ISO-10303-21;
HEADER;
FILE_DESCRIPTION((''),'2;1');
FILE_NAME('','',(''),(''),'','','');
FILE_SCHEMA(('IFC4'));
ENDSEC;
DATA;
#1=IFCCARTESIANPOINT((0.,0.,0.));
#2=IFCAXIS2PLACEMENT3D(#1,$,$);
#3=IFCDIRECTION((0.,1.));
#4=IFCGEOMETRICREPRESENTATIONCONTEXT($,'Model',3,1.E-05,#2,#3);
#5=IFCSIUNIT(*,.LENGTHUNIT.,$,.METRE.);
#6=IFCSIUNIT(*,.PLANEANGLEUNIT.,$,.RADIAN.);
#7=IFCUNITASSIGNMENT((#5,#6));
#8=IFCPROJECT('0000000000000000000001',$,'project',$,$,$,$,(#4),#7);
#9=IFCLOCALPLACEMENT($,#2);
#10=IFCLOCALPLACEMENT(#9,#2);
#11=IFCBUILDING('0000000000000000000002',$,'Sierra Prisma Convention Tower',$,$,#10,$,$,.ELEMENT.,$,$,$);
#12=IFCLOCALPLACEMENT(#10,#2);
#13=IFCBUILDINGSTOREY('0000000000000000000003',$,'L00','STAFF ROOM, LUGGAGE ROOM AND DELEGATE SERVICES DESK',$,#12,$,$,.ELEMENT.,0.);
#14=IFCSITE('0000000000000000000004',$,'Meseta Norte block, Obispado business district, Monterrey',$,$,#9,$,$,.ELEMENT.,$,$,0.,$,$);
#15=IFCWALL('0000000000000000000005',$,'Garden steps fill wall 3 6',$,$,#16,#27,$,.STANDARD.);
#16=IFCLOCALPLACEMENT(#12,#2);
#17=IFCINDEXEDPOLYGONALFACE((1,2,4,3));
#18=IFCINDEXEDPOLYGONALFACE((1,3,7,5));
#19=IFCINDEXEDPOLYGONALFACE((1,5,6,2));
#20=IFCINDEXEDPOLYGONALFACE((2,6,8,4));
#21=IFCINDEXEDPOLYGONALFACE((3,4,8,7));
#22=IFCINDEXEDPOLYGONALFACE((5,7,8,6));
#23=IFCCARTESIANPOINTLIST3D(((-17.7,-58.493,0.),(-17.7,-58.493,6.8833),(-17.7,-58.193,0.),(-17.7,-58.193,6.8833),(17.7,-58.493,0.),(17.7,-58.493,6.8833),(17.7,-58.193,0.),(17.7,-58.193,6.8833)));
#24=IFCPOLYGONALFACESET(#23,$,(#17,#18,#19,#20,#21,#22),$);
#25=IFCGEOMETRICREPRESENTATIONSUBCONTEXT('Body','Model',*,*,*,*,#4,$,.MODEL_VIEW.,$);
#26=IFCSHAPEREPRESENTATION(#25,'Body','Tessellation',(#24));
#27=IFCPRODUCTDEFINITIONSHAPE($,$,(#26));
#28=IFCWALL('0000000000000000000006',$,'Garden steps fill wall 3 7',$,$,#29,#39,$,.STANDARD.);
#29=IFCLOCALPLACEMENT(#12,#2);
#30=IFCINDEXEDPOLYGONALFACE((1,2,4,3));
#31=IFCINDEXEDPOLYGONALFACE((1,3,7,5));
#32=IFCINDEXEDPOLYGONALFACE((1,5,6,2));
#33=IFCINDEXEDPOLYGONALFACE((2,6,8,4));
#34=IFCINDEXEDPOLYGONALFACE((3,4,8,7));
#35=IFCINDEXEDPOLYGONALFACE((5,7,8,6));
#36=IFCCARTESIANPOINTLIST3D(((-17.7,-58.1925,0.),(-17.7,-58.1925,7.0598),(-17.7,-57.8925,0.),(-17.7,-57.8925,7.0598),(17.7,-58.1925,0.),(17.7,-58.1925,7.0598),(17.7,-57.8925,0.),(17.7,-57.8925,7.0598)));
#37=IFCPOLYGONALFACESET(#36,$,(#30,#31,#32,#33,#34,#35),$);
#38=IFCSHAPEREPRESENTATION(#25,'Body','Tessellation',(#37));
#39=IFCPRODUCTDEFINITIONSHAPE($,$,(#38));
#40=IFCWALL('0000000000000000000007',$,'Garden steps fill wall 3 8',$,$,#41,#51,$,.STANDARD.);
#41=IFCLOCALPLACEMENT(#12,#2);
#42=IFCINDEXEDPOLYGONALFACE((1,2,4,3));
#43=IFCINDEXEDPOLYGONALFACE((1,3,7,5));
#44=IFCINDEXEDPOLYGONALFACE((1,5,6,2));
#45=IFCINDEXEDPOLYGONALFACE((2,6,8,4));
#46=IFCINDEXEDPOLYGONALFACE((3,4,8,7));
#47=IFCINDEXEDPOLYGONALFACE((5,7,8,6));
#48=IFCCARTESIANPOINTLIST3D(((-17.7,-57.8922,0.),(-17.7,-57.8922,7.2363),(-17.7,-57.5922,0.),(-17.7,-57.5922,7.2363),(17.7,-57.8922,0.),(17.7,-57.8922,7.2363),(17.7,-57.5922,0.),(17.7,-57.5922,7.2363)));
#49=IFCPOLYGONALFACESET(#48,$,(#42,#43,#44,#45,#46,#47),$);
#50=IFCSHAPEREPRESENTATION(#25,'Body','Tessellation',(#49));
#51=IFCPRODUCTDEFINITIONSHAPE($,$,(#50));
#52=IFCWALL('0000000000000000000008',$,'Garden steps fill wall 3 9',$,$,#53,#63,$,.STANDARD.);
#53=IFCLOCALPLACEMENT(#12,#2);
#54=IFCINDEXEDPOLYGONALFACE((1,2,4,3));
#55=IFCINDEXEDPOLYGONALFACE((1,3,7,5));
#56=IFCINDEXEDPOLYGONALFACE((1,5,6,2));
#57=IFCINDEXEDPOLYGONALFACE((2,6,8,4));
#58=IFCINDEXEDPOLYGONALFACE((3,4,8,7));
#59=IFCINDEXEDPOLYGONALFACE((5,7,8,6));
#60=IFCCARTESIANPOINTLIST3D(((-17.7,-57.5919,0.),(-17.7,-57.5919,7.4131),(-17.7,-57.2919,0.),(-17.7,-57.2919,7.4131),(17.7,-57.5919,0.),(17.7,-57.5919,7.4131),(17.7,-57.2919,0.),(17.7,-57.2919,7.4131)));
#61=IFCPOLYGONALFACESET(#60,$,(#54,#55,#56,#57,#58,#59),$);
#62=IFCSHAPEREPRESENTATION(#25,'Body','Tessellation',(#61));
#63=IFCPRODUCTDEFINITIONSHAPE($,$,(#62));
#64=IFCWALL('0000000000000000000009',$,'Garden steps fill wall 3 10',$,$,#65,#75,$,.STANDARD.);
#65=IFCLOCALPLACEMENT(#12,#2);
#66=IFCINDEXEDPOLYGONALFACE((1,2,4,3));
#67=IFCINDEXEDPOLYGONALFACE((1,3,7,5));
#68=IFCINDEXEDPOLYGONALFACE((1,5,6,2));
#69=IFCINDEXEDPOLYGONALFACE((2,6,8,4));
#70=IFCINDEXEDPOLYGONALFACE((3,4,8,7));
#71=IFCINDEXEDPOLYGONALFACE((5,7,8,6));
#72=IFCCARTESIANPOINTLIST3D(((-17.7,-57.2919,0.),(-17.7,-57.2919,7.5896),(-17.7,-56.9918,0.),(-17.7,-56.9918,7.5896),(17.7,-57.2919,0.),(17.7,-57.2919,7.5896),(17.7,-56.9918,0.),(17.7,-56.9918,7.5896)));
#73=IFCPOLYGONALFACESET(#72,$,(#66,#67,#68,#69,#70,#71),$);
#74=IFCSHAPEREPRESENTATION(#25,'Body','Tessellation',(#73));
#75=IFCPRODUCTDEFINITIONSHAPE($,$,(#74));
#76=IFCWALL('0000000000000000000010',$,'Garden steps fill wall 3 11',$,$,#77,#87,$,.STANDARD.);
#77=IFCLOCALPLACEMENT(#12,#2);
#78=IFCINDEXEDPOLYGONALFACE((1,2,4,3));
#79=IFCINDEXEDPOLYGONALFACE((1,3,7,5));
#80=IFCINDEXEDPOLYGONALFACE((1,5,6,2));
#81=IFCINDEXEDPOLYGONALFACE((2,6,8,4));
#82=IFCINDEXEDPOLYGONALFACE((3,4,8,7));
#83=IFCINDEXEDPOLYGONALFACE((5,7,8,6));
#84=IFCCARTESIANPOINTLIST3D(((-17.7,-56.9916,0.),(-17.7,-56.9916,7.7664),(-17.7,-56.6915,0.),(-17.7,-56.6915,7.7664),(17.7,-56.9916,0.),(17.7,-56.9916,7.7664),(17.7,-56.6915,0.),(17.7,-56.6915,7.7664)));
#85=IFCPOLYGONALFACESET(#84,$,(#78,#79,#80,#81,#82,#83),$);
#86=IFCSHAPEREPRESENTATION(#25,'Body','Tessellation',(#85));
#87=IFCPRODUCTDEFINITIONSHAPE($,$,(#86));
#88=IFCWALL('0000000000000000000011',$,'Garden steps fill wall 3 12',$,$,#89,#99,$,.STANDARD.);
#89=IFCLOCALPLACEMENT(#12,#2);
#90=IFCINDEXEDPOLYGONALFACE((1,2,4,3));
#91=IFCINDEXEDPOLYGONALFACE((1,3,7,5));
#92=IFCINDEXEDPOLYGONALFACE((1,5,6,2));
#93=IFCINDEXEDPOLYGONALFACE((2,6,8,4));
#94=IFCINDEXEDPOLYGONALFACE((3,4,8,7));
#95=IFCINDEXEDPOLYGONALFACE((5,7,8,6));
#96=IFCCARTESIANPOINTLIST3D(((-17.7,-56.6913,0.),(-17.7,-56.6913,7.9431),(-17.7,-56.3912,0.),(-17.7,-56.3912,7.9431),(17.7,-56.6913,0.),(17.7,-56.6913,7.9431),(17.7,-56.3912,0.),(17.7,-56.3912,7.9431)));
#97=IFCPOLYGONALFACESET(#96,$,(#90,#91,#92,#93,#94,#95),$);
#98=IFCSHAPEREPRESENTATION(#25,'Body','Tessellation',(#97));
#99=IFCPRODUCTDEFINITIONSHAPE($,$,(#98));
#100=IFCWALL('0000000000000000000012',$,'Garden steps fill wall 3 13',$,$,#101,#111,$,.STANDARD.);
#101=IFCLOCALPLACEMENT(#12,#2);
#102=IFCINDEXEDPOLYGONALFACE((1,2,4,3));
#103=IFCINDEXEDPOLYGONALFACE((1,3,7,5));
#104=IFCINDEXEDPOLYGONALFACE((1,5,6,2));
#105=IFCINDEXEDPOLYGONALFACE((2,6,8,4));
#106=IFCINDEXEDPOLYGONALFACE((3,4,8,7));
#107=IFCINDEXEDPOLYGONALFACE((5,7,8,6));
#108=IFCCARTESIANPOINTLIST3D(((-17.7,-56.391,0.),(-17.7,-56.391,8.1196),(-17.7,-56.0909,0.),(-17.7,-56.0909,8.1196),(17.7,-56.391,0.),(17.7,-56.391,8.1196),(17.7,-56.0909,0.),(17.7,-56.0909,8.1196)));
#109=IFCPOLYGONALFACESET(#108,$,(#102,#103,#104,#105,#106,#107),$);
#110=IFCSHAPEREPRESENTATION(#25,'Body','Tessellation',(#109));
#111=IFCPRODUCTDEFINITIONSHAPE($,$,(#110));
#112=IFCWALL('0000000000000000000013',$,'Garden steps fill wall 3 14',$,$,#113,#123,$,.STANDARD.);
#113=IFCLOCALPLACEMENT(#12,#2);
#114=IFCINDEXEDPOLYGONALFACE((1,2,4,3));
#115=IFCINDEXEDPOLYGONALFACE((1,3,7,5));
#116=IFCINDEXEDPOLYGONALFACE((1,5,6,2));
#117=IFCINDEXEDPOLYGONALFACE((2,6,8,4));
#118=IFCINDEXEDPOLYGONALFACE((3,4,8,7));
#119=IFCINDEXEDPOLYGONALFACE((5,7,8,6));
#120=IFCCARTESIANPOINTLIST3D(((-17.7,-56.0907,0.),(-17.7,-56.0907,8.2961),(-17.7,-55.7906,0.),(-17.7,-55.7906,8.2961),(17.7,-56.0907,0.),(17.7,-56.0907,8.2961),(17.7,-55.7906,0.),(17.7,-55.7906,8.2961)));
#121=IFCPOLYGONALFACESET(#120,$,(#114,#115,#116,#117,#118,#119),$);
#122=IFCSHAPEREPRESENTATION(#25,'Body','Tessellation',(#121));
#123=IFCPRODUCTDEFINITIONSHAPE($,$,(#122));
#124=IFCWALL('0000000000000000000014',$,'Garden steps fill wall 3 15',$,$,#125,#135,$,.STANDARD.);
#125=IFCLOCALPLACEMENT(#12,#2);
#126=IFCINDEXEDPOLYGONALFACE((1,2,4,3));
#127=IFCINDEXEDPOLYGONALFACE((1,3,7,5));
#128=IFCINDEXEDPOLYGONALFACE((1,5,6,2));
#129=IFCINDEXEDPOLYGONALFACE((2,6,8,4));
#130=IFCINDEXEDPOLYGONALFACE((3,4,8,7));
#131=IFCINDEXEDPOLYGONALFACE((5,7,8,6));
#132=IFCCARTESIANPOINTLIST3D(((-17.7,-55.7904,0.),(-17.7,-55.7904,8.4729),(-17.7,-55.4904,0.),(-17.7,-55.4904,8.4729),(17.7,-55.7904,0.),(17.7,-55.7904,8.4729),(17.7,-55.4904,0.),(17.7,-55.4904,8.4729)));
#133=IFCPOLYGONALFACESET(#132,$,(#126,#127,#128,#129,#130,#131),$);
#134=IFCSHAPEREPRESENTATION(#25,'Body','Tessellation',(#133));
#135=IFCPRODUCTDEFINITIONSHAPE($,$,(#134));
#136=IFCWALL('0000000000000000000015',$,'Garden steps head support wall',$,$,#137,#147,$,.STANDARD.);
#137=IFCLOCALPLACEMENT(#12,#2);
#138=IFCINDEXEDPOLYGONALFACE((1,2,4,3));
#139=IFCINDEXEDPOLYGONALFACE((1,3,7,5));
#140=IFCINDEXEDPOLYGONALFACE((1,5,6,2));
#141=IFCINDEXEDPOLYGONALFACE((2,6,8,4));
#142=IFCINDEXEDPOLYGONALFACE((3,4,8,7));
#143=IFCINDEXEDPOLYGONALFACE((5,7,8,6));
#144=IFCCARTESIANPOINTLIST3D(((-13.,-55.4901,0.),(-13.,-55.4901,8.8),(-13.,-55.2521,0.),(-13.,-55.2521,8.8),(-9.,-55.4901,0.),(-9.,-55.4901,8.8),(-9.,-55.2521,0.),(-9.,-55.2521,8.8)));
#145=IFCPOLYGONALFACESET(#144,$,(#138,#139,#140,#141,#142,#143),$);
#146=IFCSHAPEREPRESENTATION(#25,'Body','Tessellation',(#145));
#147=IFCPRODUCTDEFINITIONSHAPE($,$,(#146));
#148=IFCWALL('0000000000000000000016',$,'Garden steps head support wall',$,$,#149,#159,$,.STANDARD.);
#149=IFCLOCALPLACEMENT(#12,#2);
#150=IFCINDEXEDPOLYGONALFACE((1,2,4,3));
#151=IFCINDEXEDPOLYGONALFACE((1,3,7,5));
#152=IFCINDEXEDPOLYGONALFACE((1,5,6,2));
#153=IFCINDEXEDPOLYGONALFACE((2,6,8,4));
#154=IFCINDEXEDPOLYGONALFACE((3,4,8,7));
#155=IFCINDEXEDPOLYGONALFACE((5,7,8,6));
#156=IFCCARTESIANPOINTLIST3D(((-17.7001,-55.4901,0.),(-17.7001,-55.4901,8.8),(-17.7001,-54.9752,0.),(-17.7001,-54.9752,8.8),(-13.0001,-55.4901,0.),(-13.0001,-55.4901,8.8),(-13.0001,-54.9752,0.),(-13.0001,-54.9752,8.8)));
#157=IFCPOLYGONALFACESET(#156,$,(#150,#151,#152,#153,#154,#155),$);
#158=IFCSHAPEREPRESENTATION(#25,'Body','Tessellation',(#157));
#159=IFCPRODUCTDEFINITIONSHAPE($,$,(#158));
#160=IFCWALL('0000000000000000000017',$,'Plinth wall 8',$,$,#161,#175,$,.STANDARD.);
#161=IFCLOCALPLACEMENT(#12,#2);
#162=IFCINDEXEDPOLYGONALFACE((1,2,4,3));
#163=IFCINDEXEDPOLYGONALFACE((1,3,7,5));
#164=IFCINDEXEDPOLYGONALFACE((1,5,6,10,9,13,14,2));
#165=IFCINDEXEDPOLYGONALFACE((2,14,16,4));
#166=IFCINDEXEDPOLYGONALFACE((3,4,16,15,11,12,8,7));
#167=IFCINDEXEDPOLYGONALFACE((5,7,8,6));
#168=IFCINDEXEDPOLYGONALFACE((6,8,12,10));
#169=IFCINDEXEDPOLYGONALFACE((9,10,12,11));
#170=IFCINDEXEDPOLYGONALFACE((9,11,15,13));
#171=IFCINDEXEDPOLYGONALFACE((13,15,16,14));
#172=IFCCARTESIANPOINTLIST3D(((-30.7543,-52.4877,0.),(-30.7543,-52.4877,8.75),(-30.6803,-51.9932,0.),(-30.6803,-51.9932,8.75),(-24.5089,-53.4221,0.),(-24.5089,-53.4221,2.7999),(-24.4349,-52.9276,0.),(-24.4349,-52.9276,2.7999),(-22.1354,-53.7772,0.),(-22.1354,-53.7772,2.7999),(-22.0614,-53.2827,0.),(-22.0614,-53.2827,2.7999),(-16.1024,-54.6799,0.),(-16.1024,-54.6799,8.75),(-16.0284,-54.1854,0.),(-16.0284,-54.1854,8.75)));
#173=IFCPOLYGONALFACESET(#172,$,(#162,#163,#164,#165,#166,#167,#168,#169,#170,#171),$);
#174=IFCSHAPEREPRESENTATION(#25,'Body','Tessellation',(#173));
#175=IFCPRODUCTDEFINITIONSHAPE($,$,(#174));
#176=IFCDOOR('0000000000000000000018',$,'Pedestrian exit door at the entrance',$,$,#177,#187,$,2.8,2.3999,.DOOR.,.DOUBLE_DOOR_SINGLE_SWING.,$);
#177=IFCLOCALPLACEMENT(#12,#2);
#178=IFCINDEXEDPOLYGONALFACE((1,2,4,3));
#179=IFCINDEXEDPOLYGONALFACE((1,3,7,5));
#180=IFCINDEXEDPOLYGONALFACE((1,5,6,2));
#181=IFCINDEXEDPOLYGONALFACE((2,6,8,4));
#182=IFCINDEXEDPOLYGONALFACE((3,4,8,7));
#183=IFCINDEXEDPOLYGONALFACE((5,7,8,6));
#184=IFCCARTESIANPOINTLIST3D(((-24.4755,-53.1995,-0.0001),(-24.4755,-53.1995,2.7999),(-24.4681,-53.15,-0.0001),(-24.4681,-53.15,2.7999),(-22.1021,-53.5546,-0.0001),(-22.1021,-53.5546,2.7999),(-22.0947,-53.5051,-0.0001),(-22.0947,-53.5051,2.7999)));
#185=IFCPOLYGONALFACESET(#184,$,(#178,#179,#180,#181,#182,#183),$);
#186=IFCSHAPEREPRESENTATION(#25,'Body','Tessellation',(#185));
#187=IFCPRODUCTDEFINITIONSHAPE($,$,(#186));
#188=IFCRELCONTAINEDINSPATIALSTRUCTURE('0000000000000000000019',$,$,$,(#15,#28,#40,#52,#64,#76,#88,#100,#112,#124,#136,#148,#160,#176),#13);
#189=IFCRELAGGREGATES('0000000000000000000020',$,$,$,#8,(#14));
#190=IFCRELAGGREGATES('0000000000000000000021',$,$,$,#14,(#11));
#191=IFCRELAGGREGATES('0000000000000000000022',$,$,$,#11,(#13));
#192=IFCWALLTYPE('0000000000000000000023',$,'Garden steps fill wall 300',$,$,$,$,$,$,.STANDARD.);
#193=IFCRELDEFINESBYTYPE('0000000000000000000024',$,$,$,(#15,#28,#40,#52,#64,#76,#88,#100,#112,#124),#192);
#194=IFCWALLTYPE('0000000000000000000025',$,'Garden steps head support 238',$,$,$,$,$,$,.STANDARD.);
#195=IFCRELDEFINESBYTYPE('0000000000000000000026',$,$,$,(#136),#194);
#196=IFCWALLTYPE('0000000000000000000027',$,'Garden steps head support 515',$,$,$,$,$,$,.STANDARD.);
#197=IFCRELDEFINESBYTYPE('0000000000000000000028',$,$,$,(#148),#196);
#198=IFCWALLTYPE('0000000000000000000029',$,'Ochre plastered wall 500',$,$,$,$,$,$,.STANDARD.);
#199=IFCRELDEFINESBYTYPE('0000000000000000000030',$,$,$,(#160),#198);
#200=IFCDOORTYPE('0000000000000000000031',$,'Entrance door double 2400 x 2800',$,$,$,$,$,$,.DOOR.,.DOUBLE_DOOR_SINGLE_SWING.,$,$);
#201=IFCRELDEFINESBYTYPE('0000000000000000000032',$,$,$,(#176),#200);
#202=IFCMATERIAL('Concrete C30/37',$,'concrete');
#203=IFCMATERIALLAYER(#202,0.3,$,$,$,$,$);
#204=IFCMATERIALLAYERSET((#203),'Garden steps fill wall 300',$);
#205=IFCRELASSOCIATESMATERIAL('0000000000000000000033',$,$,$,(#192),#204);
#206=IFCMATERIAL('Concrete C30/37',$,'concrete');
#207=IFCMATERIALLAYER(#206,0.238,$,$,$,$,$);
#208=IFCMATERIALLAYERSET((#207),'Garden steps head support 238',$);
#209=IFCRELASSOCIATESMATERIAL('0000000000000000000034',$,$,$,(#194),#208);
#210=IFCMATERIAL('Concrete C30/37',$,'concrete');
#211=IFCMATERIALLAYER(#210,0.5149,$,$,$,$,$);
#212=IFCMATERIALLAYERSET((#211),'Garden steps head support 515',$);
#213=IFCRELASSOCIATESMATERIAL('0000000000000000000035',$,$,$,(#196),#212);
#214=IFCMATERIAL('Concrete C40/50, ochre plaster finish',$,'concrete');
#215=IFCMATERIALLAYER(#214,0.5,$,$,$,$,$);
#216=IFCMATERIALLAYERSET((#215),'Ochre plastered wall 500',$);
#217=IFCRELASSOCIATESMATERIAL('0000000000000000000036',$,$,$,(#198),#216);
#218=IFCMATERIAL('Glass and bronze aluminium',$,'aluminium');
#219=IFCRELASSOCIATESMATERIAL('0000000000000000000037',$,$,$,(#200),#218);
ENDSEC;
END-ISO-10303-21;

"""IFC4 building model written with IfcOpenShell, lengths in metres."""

from ifc_helpers import new_model, si_unit, direction, frame, frame_2d, origin, place, context, subcontext, project, spatial, rectangle, extrude, material, layer, layer_set, type_object, element, fill, save


model = new_model("IFC4")

# Units and contexts
model_context = context("Model", 3, precision=1e-05, world=origin(), true_north=direction((0.0, 1.0)))
body_context = subcontext(model_context, "Body", "Model", "MODEL_VIEW")
ifc_project = project(units=[si_unit("LENGTHUNIT", "METRE"), si_unit("PLANEANGLEUNIT", "RADIAN")], contexts=[model_context])

# Site, building, storey
site_placement = place(None, origin())
site = spatial("IfcSite", under=ifc_project, at=site_placement, Name="Meseta Norte block, Obispado business district, Monterrey", CompositionType="ELEMENT", RefElevation=0.0)
building_placement = place(site_placement, origin())
building = spatial("IfcBuilding", under=site, at=building_placement, Name="Sierra Prisma Convention Tower", CompositionType="ELEMENT")
storey_placement = place(building_placement, origin())
storey = spatial("IfcBuildingStorey", under=building, at=storey_placement, Name="L00", Description="STAFF ROOM, LUGGAGE ROOM AND DELEGATE SERVICES DESK", CompositionType="ELEMENT", Elevation=0.0)

# Walls
ifc_material_1 = material(Name="Concrete C30/37", Category="concrete")
ifc_layer_1 = layer(ifc_material_1, 0.3)
ifc_layer_set_1 = layer_set([ifc_layer_1], Name="Garden steps fill wall 300")
wall_type_1 = type_object("IfcWallType", Name="Garden steps fill wall 300", PredefinedType="STANDARD", material=ifc_layer_set_1)
wall_1_placement = place(storey_placement, frame((-17.7, -58.343, 0.0), z_axis=(0.0, 0.0, 1.0), x_axis=(1.0, 0.0, 0.0)))
element("IfcWall", 1, at=wall_1_placement, inside=storey, type_object=wall_type_1, Name="Garden steps fill wall 3 6", PredefinedType="STANDARD", context=body_context, shape_type="SweptSolid", body=[
    extrude(rectangle(XDim=35.3999, YDim=0.3, at=frame_2d((17.7, 0.0))), origin(), (0.0, 0.0, 1.0), 6.8833),
])
wall_2_placement = place(storey_placement, frame((-17.7, -58.0425, 0.0), z_axis=(0.0, 0.0, 1.0), x_axis=(1.0, 0.0, 0.0)))
element("IfcWall", 2, at=wall_2_placement, inside=storey, type_object=wall_type_1, Name="Garden steps fill wall 3 7", PredefinedType="STANDARD", context=body_context, shape_type="SweptSolid", body=[
    extrude(rectangle(XDim=35.3999, YDim=0.3, at=frame_2d((17.7, 0.0))), origin(), (0.0, 0.0, 1.0), 7.0598),
])
wall_3_placement = place(storey_placement, frame((-17.7, -57.7422, 0.0), z_axis=(0.0, 0.0, 1.0), x_axis=(1.0, 0.0, 0.0)))
element("IfcWall", 3, at=wall_3_placement, inside=storey, type_object=wall_type_1, Name="Garden steps fill wall 3 8", PredefinedType="STANDARD", context=body_context, shape_type="SweptSolid", body=[
    extrude(rectangle(XDim=35.3999, YDim=0.3, at=frame_2d((17.7, 0.0))), origin(), (0.0, 0.0, 1.0), 7.2363),
])
wall_4_placement = place(storey_placement, frame((-17.7, -57.4419, 0.0), z_axis=(0.0, 0.0, 1.0), x_axis=(1.0, 0.0, 0.0)))
element("IfcWall", 4, at=wall_4_placement, inside=storey, type_object=wall_type_1, Name="Garden steps fill wall 3 9", PredefinedType="STANDARD", context=body_context, shape_type="SweptSolid", body=[
    extrude(rectangle(XDim=35.3999, YDim=0.3, at=frame_2d((17.7, 0.0))), origin(), (0.0, 0.0, 1.0), 7.4131),
])
wall_5_placement = place(storey_placement, frame((-17.7, -57.1418, 0.0), z_axis=(0.0, 0.0, 1.0), x_axis=(1.0, 0.0, 0.0)))
element("IfcWall", 5, at=wall_5_placement, inside=storey, type_object=wall_type_1, Name="Garden steps fill wall 3 10", PredefinedType="STANDARD", context=body_context, shape_type="SweptSolid", body=[
    extrude(rectangle(XDim=35.3999, YDim=0.3, at=frame_2d((17.7, 0.0))), origin(), (0.0, 0.0, 1.0), 7.5896),
])
wall_6_placement = place(storey_placement, frame((-17.7, -56.8416, 0.0), z_axis=(0.0, 0.0, 1.0), x_axis=(1.0, 0.0, 0.0)))
element("IfcWall", 6, at=wall_6_placement, inside=storey, type_object=wall_type_1, Name="Garden steps fill wall 3 11", PredefinedType="STANDARD", context=body_context, shape_type="SweptSolid", body=[
    extrude(rectangle(XDim=35.3999, YDim=0.3, at=frame_2d((17.7, 0.0))), origin(), (0.0, 0.0, 1.0), 7.7664),
])
wall_7_placement = place(storey_placement, frame((-17.7, -56.5413, 0.0), z_axis=(0.0, 0.0, 1.0), x_axis=(1.0, 0.0, 0.0)))
element("IfcWall", 7, at=wall_7_placement, inside=storey, type_object=wall_type_1, Name="Garden steps fill wall 3 12", PredefinedType="STANDARD", context=body_context, shape_type="SweptSolid", body=[
    extrude(rectangle(XDim=35.3999, YDim=0.3, at=frame_2d((17.7, 0.0))), origin(), (0.0, 0.0, 1.0), 7.9431),
])
wall_8_placement = place(storey_placement, frame((-17.7, -56.241, 0.0), z_axis=(0.0, 0.0, 1.0), x_axis=(1.0, 0.0, 0.0)))
element("IfcWall", 8, at=wall_8_placement, inside=storey, type_object=wall_type_1, Name="Garden steps fill wall 3 13", PredefinedType="STANDARD", context=body_context, shape_type="SweptSolid", body=[
    extrude(rectangle(XDim=35.3999, YDim=0.3, at=frame_2d((17.7, 0.0))), origin(), (0.0, 0.0, 1.0), 8.1196),
])
wall_9_placement = place(storey_placement, frame((-17.7, -55.9407, 0.0), z_axis=(0.0, 0.0, 1.0), x_axis=(1.0, 0.0, 0.0)))
element("IfcWall", 9, at=wall_9_placement, inside=storey, type_object=wall_type_1, Name="Garden steps fill wall 3 14", PredefinedType="STANDARD", context=body_context, shape_type="SweptSolid", body=[
    extrude(rectangle(XDim=35.3999, YDim=0.3, at=frame_2d((17.7, 0.0))), origin(), (0.0, 0.0, 1.0), 8.2961),
])
wall_10_placement = place(storey_placement, frame((-17.7, -55.6404, 0.0), z_axis=(0.0, 0.0, 1.0), x_axis=(1.0, 0.0, 0.0)))
element("IfcWall", 10, at=wall_10_placement, inside=storey, type_object=wall_type_1, Name="Garden steps fill wall 3 15", PredefinedType="STANDARD", context=body_context, shape_type="SweptSolid", body=[
    extrude(rectangle(XDim=35.3999, YDim=0.3, at=frame_2d((17.7, 0.0))), origin(), (0.0, 0.0, 1.0), 8.4729),
])
ifc_material_2 = material(Name="Concrete C30/37", Category="concrete")
ifc_layer_2 = layer(ifc_material_2, 0.238)
ifc_layer_set_2 = layer_set([ifc_layer_2], Name="Garden steps head support 238")
wall_type_2 = type_object("IfcWallType", Name="Garden steps head support 238", PredefinedType="STANDARD", material=ifc_layer_set_2)
wall_11_placement = place(storey_placement, frame((-9.0, -55.3711, 0.0), z_axis=(0.0, 0.0, 1.0), x_axis=(-1.0, 0.0, 0.0)))
element("IfcWall", 11, at=wall_11_placement, inside=storey, type_object=wall_type_2, Name="Garden steps head support wall", PredefinedType="STANDARD", context=body_context, shape_type="SweptSolid", body=[
    extrude(rectangle(XDim=4.0, YDim=0.238, at=frame_2d((2.0, 0.0))), origin(), (0.0, 0.0, 1.0), 8.8),
])
ifc_material_3 = material(Name="Concrete C30/37", Category="concrete")
ifc_layer_3 = layer(ifc_material_3, 0.5149)
ifc_layer_set_3 = layer_set([ifc_layer_3], Name="Garden steps head support 515")
wall_type_3 = type_object("IfcWallType", Name="Garden steps head support 515", PredefinedType="STANDARD", material=ifc_layer_set_3)
wall_12_placement = place(storey_placement, frame((-13.0, -55.2327, 0.0), z_axis=(0.0, 0.0, 1.0), x_axis=(-1.0, 0.0, 0.0)))
element("IfcWall", 12, at=wall_12_placement, inside=storey, type_object=wall_type_3, Name="Garden steps head support wall", PredefinedType="STANDARD", context=body_context, shape_type="SweptSolid", body=[
    extrude(rectangle(XDim=4.7, YDim=0.5149, at=frame_2d((2.3501, 0.0))), origin(), (0.0, 0.0, 1.0), 8.8),
])

# Wall, opening, door
ifc_material_4 = material(Name="Concrete C40/50, ochre plaster finish", Category="concrete")
ifc_layer_4 = layer(ifc_material_4, 0.5)
ifc_layer_set_4 = layer_set([ifc_layer_4], Name="Ochre plastered wall 500")
wall_type_4 = type_object("IfcWallType", Name="Ochre plastered wall 500", PredefinedType="STANDARD", material=ifc_layer_set_4)
wall_13_placement = place(storey_placement, frame((-16.0654, -54.4326, 0.0), z_axis=(0.0, 0.0, 1.0), x_axis=(-0.988992, 0.147968, 0.0)))
wall_13 = element("IfcWall", 13, at=wall_13_placement, inside=storey, type_object=wall_type_4, Name="Plinth wall 8", PredefinedType="STANDARD", context=body_context, shape_type="SweptSolid", body=[
    extrude(rectangle(XDim=14.8149, YDim=0.5, at=frame_2d((7.4075, 0.0))), origin(), (0.0, 0.0, 1.0), 8.75),
])
opening_placement = place(wall_13_placement, frame((6.1001, 0.0, 0.0)))
opening = element("IfcOpeningElement", 14, at=opening_placement, cuts=wall_13, PredefinedType="OPENING", context=body_context, shape_type="SweptSolid", body=[
    extrude(rectangle(XDim=2.3999, YDim=2.8, at=frame_2d((1.2, 1.3999))), frame((0.0, 0.25, 0.0), z_axis=(0.0, -1.0, 0.0), x_axis=(1.0, 0.0, 0.0)), (0.0, 0.0, 1.0), 0.5),
])
ifc_material_5 = material(Name="Glass and bronze aluminium", Category="aluminium")
door_type = type_object("IfcDoorType", Name="Entrance door double 2400 x 2800", OperationType="DOUBLE_DOOR_SINGLE_SWING", PredefinedType="DOOR", material=ifc_material_5)
door_placement = place(opening_placement, origin())
door = element("IfcDoor", 15, at=door_placement, inside=storey, type_object=door_type, Name="Pedestrian exit door at the entrance", OperationType="DOUBLE_DOOR_SINGLE_SWING", OverallHeight=2.8, OverallWidth=2.3999, PredefinedType="DOOR", context=body_context, shape_type="SweptSolid", body=[
    extrude(rectangle(XDim=2.3999, YDim=2.8, at=frame_2d((1.2, 1.3999))), frame((0.0, 0.0249, 0.0), z_axis=(0.0, -1.0, 0.0), x_axis=(1.0, 0.0, 0.0)), (0.0, 0.0, 1.0), 0.05),
])
fill(opening, door)

save(model, "model.ifc")
